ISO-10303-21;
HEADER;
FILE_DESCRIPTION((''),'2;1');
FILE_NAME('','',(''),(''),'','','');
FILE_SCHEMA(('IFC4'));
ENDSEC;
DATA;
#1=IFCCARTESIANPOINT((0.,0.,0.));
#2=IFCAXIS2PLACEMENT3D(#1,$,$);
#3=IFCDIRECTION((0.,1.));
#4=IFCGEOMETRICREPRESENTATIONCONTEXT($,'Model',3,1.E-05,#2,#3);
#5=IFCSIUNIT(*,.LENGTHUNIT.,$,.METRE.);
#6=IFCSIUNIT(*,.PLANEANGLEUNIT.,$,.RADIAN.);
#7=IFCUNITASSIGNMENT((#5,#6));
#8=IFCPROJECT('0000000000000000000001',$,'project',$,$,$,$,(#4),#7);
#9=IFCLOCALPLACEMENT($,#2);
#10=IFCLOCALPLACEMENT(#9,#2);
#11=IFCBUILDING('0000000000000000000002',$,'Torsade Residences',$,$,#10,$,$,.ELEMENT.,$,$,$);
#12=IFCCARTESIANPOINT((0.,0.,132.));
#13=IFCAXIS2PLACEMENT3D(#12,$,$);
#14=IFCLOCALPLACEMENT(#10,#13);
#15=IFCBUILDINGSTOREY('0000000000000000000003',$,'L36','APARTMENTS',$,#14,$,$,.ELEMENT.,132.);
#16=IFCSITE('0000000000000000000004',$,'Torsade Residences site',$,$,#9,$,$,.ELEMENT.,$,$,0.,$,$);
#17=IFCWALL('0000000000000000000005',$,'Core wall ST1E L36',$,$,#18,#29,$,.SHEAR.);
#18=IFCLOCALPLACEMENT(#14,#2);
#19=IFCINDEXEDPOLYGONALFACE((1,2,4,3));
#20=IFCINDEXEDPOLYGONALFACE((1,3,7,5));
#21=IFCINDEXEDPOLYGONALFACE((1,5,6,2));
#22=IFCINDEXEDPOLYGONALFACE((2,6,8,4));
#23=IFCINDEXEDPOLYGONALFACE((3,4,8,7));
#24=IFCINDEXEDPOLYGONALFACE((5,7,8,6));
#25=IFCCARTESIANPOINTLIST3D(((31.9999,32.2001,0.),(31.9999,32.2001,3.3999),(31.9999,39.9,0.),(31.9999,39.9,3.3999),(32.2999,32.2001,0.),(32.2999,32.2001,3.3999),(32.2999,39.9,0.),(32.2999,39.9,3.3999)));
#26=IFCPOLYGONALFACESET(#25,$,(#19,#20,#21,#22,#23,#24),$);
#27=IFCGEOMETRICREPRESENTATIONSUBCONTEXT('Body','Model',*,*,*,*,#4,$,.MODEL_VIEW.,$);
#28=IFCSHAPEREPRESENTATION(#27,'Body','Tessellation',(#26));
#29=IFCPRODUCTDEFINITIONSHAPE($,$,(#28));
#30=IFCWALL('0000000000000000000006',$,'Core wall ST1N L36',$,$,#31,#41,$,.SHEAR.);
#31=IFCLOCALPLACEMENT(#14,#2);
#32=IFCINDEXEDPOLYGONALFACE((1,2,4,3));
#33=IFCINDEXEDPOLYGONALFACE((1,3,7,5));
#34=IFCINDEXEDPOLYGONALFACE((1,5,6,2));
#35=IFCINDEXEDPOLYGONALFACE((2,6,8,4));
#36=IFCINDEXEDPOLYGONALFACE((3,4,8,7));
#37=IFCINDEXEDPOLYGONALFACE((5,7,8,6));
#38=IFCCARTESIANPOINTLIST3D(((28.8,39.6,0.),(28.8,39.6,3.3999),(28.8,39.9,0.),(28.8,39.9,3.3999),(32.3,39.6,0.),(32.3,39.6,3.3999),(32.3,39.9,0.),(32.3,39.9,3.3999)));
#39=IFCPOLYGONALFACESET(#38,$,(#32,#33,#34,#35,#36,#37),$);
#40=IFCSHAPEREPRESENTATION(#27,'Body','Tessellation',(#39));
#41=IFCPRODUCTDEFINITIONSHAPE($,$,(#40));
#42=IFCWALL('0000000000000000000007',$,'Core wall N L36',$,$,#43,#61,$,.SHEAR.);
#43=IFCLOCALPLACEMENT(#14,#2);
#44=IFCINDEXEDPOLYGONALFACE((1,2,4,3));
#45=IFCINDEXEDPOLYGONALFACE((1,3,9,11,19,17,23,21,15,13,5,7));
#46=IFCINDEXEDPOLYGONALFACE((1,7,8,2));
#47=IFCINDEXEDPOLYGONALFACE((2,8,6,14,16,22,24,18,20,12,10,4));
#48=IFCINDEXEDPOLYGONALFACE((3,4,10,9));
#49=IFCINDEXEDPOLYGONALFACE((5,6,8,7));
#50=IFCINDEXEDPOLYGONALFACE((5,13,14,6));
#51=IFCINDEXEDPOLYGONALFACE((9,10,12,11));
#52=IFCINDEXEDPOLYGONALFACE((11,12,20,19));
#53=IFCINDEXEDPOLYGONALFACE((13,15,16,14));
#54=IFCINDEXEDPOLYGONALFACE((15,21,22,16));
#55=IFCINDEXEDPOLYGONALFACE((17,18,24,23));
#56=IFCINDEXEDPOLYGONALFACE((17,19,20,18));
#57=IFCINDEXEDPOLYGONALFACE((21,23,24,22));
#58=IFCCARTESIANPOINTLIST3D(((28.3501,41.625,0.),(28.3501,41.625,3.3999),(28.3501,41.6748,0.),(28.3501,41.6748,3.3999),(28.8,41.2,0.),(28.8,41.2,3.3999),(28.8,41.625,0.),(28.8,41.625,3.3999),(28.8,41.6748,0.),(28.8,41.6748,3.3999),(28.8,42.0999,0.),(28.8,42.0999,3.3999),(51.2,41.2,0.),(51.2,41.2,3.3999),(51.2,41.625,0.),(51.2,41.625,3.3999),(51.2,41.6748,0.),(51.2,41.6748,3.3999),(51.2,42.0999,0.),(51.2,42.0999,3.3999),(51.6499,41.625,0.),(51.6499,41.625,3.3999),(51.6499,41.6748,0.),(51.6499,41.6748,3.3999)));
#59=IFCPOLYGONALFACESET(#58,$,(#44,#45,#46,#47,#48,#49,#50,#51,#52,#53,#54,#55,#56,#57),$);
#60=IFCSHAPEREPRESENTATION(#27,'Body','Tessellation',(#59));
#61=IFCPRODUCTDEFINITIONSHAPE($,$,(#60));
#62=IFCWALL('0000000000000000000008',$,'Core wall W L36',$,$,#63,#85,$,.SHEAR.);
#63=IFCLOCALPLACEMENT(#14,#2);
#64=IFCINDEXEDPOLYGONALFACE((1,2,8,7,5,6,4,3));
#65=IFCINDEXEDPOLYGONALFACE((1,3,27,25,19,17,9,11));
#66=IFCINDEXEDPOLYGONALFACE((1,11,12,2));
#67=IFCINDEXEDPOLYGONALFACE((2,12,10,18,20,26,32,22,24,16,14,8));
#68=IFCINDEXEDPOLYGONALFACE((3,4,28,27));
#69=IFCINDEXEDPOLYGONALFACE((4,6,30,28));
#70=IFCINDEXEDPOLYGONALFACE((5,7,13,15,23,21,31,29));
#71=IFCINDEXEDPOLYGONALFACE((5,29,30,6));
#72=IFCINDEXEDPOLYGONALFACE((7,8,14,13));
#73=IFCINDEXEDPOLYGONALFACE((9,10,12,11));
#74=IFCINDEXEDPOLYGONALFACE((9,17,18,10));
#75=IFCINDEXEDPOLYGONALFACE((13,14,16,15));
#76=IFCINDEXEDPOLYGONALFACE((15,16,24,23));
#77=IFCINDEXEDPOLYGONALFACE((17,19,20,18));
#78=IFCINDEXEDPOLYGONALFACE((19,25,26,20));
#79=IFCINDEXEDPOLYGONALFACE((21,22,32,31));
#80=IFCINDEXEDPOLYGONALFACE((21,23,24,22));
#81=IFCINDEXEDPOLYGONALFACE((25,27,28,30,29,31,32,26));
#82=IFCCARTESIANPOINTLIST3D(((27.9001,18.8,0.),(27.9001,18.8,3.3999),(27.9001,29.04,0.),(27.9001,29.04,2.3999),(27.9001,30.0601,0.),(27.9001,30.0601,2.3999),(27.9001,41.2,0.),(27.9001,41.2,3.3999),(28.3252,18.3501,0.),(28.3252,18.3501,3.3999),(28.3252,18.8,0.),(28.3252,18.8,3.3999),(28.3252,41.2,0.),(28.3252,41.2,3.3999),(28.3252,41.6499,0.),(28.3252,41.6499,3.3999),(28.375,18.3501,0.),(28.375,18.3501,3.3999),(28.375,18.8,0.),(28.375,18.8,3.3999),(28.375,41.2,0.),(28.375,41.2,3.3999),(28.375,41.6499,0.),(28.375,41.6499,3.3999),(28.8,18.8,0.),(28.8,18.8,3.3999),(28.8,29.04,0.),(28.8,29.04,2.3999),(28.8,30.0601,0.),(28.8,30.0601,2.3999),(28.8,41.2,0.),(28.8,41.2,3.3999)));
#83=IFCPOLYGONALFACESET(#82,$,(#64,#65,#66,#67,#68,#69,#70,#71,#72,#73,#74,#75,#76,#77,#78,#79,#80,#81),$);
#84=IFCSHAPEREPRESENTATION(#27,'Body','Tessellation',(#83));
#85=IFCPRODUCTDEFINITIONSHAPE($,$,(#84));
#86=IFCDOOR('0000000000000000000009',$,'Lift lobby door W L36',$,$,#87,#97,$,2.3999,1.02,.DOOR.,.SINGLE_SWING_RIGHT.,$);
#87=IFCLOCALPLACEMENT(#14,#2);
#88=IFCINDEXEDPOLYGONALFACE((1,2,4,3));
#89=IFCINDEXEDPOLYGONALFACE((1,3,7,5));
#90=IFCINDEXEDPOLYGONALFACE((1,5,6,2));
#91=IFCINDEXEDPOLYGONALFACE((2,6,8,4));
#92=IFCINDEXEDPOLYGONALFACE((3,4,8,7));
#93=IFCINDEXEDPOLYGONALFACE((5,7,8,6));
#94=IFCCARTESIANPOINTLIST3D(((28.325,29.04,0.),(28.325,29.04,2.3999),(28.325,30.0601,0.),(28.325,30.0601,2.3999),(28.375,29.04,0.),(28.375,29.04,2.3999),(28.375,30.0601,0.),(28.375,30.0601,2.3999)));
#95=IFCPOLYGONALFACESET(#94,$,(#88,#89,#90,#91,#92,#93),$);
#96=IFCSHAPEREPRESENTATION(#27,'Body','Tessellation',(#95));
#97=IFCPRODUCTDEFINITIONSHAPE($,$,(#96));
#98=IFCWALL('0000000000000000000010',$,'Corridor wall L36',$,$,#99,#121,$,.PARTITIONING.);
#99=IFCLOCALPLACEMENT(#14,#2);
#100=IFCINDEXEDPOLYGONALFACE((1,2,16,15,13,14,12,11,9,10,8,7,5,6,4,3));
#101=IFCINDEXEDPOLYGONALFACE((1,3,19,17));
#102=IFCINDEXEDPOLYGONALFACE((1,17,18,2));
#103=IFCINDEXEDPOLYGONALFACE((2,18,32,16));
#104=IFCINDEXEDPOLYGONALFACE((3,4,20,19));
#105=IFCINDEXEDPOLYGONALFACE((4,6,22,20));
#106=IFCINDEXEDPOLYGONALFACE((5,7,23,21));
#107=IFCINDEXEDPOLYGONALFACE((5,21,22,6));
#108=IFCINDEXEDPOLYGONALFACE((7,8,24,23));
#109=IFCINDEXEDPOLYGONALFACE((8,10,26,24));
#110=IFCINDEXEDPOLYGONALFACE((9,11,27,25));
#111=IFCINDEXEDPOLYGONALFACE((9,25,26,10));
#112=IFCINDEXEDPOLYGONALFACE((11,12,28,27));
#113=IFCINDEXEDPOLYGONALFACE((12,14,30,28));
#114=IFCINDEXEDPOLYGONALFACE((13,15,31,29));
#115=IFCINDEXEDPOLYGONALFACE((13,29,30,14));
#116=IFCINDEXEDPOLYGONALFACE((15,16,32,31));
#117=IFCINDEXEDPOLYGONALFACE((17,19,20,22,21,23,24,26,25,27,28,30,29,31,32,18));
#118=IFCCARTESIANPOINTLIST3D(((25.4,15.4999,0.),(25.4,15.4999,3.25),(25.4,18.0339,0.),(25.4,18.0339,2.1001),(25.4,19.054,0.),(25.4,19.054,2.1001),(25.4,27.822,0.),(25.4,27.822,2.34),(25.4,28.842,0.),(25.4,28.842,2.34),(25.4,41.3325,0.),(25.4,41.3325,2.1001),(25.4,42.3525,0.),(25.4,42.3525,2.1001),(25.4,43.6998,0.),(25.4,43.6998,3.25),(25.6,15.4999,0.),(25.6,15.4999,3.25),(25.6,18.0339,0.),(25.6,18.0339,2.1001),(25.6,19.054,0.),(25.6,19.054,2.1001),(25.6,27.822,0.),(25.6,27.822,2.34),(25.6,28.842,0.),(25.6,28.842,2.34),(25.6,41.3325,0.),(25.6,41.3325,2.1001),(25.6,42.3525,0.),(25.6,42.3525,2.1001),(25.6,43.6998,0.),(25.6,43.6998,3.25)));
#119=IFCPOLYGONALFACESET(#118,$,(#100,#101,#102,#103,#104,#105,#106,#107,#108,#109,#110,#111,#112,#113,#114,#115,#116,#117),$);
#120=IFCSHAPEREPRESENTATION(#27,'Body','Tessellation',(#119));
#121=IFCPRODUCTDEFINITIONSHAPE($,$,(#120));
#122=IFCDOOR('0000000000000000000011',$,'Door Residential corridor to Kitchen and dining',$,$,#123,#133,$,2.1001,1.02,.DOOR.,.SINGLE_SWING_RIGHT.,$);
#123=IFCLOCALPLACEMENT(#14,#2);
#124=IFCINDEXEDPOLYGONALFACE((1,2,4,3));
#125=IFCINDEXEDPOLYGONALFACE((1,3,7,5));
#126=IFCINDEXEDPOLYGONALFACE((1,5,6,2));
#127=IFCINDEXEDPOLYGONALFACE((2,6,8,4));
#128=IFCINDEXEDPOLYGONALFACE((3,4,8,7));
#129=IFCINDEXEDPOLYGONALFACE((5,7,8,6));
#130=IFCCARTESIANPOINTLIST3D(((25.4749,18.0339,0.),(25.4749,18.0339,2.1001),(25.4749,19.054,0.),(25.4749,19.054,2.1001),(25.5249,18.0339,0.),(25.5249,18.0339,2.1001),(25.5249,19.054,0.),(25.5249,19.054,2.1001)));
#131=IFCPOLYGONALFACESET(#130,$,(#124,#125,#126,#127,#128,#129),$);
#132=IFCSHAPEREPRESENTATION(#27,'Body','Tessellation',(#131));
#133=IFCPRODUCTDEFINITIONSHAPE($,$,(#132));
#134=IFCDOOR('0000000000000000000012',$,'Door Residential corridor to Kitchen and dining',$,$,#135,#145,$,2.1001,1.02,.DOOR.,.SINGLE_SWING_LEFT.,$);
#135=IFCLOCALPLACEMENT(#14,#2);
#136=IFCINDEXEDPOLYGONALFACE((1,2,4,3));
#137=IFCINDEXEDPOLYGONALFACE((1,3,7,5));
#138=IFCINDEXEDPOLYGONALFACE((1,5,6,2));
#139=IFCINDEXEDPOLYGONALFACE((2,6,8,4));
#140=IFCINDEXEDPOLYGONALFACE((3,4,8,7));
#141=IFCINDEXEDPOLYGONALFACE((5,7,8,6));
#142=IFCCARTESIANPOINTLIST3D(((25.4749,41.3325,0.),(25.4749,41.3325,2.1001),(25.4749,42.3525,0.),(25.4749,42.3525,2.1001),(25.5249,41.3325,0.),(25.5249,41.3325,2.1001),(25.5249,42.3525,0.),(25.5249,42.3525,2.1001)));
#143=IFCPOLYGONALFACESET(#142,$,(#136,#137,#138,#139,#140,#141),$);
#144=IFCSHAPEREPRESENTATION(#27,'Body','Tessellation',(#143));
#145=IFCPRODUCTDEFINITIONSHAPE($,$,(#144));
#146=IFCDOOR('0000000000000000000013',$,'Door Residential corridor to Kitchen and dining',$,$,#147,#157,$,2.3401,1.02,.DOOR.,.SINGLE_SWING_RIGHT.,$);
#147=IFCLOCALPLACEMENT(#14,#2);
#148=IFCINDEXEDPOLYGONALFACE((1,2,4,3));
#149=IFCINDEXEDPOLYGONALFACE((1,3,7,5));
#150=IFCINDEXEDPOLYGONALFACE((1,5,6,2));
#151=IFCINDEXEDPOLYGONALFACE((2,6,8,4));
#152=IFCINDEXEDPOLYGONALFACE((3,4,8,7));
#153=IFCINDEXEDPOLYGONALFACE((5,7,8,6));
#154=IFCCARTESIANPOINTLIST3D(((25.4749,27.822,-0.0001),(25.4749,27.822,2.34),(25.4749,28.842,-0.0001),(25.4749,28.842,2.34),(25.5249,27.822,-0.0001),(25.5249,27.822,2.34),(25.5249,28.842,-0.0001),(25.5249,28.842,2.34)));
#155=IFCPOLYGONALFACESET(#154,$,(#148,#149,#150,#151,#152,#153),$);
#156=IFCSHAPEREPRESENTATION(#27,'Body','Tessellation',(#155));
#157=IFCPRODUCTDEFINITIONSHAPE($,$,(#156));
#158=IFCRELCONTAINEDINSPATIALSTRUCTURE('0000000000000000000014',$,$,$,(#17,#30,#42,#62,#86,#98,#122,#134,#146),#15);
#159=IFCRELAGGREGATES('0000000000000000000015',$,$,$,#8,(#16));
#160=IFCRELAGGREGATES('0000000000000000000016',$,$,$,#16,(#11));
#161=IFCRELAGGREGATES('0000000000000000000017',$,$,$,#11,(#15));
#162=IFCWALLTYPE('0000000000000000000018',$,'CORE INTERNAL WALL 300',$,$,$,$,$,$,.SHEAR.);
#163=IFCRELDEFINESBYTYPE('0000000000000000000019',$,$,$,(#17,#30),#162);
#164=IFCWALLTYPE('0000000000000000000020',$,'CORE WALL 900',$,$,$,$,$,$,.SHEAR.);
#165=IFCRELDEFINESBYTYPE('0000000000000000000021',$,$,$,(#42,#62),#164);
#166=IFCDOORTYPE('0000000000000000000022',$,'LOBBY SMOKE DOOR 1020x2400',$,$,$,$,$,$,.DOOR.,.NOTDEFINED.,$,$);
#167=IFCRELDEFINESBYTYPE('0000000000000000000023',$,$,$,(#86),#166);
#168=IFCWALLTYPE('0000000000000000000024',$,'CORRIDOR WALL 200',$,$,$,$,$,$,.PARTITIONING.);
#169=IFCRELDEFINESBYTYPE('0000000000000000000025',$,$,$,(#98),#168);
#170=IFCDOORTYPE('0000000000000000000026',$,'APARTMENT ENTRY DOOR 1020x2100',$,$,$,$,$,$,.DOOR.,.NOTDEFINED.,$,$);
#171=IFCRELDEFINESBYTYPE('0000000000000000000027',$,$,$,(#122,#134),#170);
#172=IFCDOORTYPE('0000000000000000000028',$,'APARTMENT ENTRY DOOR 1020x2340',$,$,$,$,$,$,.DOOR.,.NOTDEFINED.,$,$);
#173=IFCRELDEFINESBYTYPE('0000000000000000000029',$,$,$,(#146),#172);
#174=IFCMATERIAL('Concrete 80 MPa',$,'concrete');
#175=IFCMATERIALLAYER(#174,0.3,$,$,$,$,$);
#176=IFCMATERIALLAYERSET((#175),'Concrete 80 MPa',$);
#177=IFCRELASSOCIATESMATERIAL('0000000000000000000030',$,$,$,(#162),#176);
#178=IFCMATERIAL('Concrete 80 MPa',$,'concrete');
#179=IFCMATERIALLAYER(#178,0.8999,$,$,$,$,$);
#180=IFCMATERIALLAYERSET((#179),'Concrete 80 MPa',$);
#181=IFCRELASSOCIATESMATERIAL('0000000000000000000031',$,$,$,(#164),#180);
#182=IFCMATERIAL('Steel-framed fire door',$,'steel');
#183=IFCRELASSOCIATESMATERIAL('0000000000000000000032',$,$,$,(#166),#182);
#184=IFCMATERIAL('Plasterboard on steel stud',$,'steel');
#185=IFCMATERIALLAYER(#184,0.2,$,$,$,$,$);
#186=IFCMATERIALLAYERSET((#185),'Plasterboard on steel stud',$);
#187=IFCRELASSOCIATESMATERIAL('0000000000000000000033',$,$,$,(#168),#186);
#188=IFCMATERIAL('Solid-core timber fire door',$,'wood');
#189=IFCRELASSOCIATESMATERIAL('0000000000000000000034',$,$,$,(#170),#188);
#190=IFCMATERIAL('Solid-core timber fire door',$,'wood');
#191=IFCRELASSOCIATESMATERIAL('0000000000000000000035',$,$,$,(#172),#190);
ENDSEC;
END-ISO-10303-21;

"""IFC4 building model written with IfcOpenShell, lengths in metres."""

from ifc_helpers import new_model, si_unit, direction, frame, frame_2d, origin, place, context, subcontext, project, spatial, polyline, rectangle, outline, extrude, material, layer, layer_set, type_object, element, fill, save


model = new_model("IFC4")

# Units and contexts
model_context = context("Model", 3, precision=1e-05, world=origin(), true_north=direction((0.0, 1.0)))
body_context = subcontext(model_context, "Body", "Model", "MODEL_VIEW")
ifc_project = project(units=[si_unit("LENGTHUNIT", "METRE"), si_unit("PLANEANGLEUNIT", "RADIAN")], contexts=[model_context])

# Site, building, storey
site_placement = place(None, origin())
site = spatial("IfcSite", under=ifc_project, at=site_placement, Name="Torsade Residences site", CompositionType="ELEMENT", RefElevation=0.0)
building_placement = place(site_placement, origin())
building = spatial("IfcBuilding", under=site, at=building_placement, Name="Torsade Residences", CompositionType="ELEMENT")
storey_placement = place(building_placement, frame((0.0, 0.0, 132.0)))
storey = spatial("IfcBuildingStorey", under=building, at=storey_placement, Name="L36", Description="APARTMENTS", CompositionType="ELEMENT", Elevation=132.0)

# Walls
ifc_material_1 = material(Name="Concrete 80 MPa", Category="concrete")
ifc_layer_1 = layer(ifc_material_1, 0.3)
ifc_layer_set_1 = layer_set([ifc_layer_1], Name="Concrete 80 MPa")
wall_type_1 = type_object("IfcWallType", Name="CORE INTERNAL WALL 300", PredefinedType="SHEAR", material=ifc_layer_set_1)
wall_1_placement = place(storey_placement, frame((32.1499, 32.2, 0.0), z_axis=(0.0, 0.0, 1.0), x_axis=(0.0, 1.0, 0.0)))
element("IfcWall", 1, at=wall_1_placement, inside=storey, type_object=wall_type_1, Name="Core wall ST1E L36", PredefinedType="SHEAR", context=body_context, shape_type="SweptSolid", body=[
    extrude(rectangle(XDim=7.7, YDim=0.3, at=frame_2d((3.8501, 0.0))), origin(), (0.0, 0.0, 1.0), 3.3999),
])
wall_2_placement = place(storey_placement, frame((28.8, 39.75, 0.0), z_axis=(0.0, 0.0, 1.0), x_axis=(1.0, 0.0, 0.0)))
element("IfcWall", 2, at=wall_2_placement, inside=storey, type_object=wall_type_1, Name="Core wall ST1N L36", PredefinedType="SHEAR", context=body_context, shape_type="SweptSolid", body=[
    extrude(rectangle(XDim=3.5, YDim=0.3, at=frame_2d((1.75, 0.0))), origin(), (0.0, 0.0, 1.0), 3.3999),
])
ifc_material_2 = material(Name="Concrete 80 MPa", Category="concrete")
ifc_layer_2 = layer(ifc_material_2, 0.8999)
ifc_layer_set_2 = layer_set([ifc_layer_2], Name="Concrete 80 MPa")
wall_type_2 = type_object("IfcWallType", Name="CORE WALL 900", PredefinedType="SHEAR", material=ifc_layer_set_2)
wall_3_placement = place(storey_placement, frame((28.8, 41.6499, 0.0), z_axis=(0.0, 0.0, 1.0), x_axis=(1.0, 0.0, 0.0)))
element("IfcWall", 3, at=wall_3_placement, inside=storey, type_object=wall_type_2, Name="Core wall N L36", PredefinedType="SHEAR", context=body_context, shape_type="SweptSolid", body=[
    extrude(outline(polyline([(0.0, -0.45), (22.3999, -0.45), (22.3999, -0.0249), (22.8499, -0.0249), (22.8499, 0.0249), (22.3999, 0.0249), (22.3999, 0.45), (0.0, 0.45), (0.0, 0.0249), (-0.45, 0.0249), (-0.45, -0.0249), (0.0, -0.0249), (0.0, -0.45)])), origin(), (0.0, 0.0, 1.0), 3.3999),
])

# Wall, opening, door
wall_4_placement = place(storey_placement, frame((28.3501, 41.2, 0.0), z_axis=(0.0, 0.0, 1.0), x_axis=(0.0, -1.0, 0.0)))
wall_4 = element("IfcWall", 4, at=wall_4_placement, inside=storey, type_object=wall_type_2, Name="Core wall W L36", PredefinedType="SHEAR", context=body_context, shape_type="SweptSolid", body=[
    extrude(outline(polyline([(0.0, -0.45), (22.3999, -0.45), (22.3999, -0.0249), (22.8499, -0.0249), (22.8499, 0.0249), (22.3999, 0.0249), (22.3999, 0.45), (0.0, 0.45), (0.0, 0.0249), (-0.45, 0.0249), (-0.45, -0.0249), (0.0, -0.0249), (0.0, -0.45)])), origin(), (0.0, 0.0, 1.0), 3.3999),
])
opening_1_placement = place(wall_4_placement, frame((11.1399, 0.0, 0.0)))
opening_1 = element("IfcOpeningElement", 5, at=opening_1_placement, cuts=wall_4, PredefinedType="OPENING", context=body_context, shape_type="SweptSolid", body=[
    extrude(rectangle(XDim=1.02, YDim=2.3999, at=frame_2d((0.51, 1.2))), frame((0.0, 0.46, 0.0), z_axis=(0.0, -1.0, 0.0), x_axis=(1.0, 0.0, 0.0)), (0.0, 0.0, 1.0), 0.9199),
])
ifc_material_3 = material(Name="Steel-framed fire door", Category="steel")
door_type_1 = type_object("IfcDoorType", Name="LOBBY SMOKE DOOR 1020x2400", OperationType="NOTDEFINED", PredefinedType="DOOR", material=ifc_material_3)
door_1_placement = place(opening_1_placement, origin())
door_1 = element("IfcDoor", 6, at=door_1_placement, inside=storey, type_object=door_type_1, Name="Lift lobby door W L36", OperationType="SINGLE_SWING_RIGHT", OverallHeight=2.3999, OverallWidth=1.02, PredefinedType="DOOR", context=body_context, shape_type="SweptSolid", body=[
    extrude(rectangle(XDim=1.02, YDim=2.3999, at=frame_2d((0.51, 1.2))), frame((0.0, 0.0249, 0.0), z_axis=(0.0, -1.0, 0.0), x_axis=(1.0, 0.0, 0.0)), (0.0, 0.0, 1.0), 0.05),
])
fill(opening_1, door_1)

# Wall, openings, doors
ifc_material_4 = material(Name="Plasterboard on steel stud", Category="steel")
ifc_layer_3 = layer(ifc_material_4, 0.2)
ifc_layer_set_3 = layer_set([ifc_layer_3], Name="Plasterboard on steel stud")
wall_type_3 = type_object("IfcWallType", Name="CORRIDOR WALL 200", PredefinedType="PARTITIONING", material=ifc_layer_set_3)
wall_5_placement = place(storey_placement, frame((25.5, 43.7, 0.0), z_axis=(0.0, 0.0, 1.0), x_axis=(0.0, -1.0, 0.0)))
wall_5 = element("IfcWall", 7, at=wall_5_placement, inside=storey, type_object=wall_type_3, Name="Corridor wall L36", PredefinedType="PARTITIONING", context=body_context, shape_type="SweptSolid", body=[
    extrude(rectangle(XDim=28.2, YDim=0.2, at=frame_2d((14.1001, 0.0))), origin(), (0.0, 0.0, 1.0), 3.25),
])
opening_2_placement = place(wall_5_placement, frame((24.646, 0.0, 0.0)))
opening_2 = element("IfcOpeningElement", 8, at=opening_2_placement, cuts=wall_5, PredefinedType="OPENING", context=body_context, shape_type="SweptSolid", body=[
    extrude(rectangle(XDim=1.02, YDim=2.1001, at=frame_2d((0.51, 1.05))), frame((0.0, 0.1099, 0.0), z_axis=(0.0, -1.0, 0.0), x_axis=(1.0, 0.0, 0.0)), (0.0, 0.0, 1.0), 0.22),
])
opening_3_placement = place(wall_5_placement, frame((14.8579, 0.0, 0.0)))
opening_3 = element("IfcOpeningElement", 9, at=opening_3_placement, cuts=wall_5, PredefinedType="OPENING", context=body_context, shape_type="SweptSolid", body=[
    extrude(rectangle(XDim=1.02, YDim=2.3401, at=frame_2d((0.51, 1.1699))), frame((0.0, 0.1099, 0.0), z_axis=(0.0, -1.0, 0.0), x_axis=(1.0, 0.0, 0.0)), (0.0, 0.0, 1.0), 0.22),
])
opening_4_placement = place(wall_5_placement, frame((1.3474, 0.0, 0.0)))
opening_4 = element("IfcOpeningElement", 10, at=opening_4_placement, cuts=wall_5, PredefinedType="OPENING", context=body_context, shape_type="SweptSolid", body=[
    extrude(rectangle(XDim=1.02, YDim=2.1001, at=frame_2d((0.51, 1.05))), frame((0.0, 0.1099, 0.0), z_axis=(0.0, -1.0, 0.0), x_axis=(1.0, 0.0, 0.0)), (0.0, 0.0, 1.0), 0.22),
])
ifc_material_5 = material(Name="Solid-core timber fire door", Category="wood")
door_type_2 = type_object("IfcDoorType", Name="APARTMENT ENTRY DOOR 1020x2100", OperationType="NOTDEFINED", PredefinedType="DOOR", material=ifc_material_5)
door_2_placement = place(opening_2_placement, origin())
door_2 = element("IfcDoor", 11, at=door_2_placement, inside=storey, type_object=door_type_2, Name="Door Residential corridor to Kitchen and dining", OperationType="SINGLE_SWING_RIGHT", OverallHeight=2.1001, OverallWidth=1.02, PredefinedType="DOOR", context=body_context, shape_type="SweptSolid", body=[
    extrude(rectangle(XDim=1.02, YDim=2.1001, at=frame_2d((0.51, 1.05))), frame((0.0, 0.0249, 0.0), z_axis=(0.0, -1.0, 0.0), x_axis=(1.0, 0.0, 0.0)), (0.0, 0.0, 1.0), 0.05),
])
fill(opening_2, door_2)
door_3_placement = place(opening_4_placement, origin())
door_3 = element("IfcDoor", 12, at=door_3_placement, inside=storey, type_object=door_type_2, Name="Door Residential corridor to Kitchen and dining", OperationType="SINGLE_SWING_LEFT", OverallHeight=2.1001, OverallWidth=1.02, PredefinedType="DOOR", context=body_context, shape_type="SweptSolid", body=[
    extrude(rectangle(XDim=1.02, YDim=2.1001, at=frame_2d((0.51, 1.05))), frame((0.0, 0.0249, 0.0), z_axis=(0.0, -1.0, 0.0), x_axis=(1.0, 0.0, 0.0)), (0.0, 0.0, 1.0), 0.05),
])
fill(opening_4, door_3)
ifc_material_6 = material(Name="Solid-core timber fire door", Category="wood")
door_type_3 = type_object("IfcDoorType", Name="APARTMENT ENTRY DOOR 1020x2340", OperationType="NOTDEFINED", PredefinedType="DOOR", material=ifc_material_6)
door_4_placement = place(opening_3_placement, origin())
door_4 = element("IfcDoor", 13, at=door_4_placement, inside=storey, type_object=door_type_3, Name="Door Residential corridor to Kitchen and dining", OperationType="SINGLE_SWING_RIGHT", OverallHeight=2.3401, OverallWidth=1.02, PredefinedType="DOOR", context=body_context, shape_type="SweptSolid", body=[
    extrude(rectangle(XDim=1.02, YDim=2.3401, at=frame_2d((0.51, 1.1699))), frame((0.0, 0.0249, 0.0), z_axis=(0.0, -1.0, 0.0), x_axis=(1.0, 0.0, 0.0)), (0.0, 0.0, 1.0), 0.05),
])
fill(opening_3, door_4)

save(model, "model.ifc")
